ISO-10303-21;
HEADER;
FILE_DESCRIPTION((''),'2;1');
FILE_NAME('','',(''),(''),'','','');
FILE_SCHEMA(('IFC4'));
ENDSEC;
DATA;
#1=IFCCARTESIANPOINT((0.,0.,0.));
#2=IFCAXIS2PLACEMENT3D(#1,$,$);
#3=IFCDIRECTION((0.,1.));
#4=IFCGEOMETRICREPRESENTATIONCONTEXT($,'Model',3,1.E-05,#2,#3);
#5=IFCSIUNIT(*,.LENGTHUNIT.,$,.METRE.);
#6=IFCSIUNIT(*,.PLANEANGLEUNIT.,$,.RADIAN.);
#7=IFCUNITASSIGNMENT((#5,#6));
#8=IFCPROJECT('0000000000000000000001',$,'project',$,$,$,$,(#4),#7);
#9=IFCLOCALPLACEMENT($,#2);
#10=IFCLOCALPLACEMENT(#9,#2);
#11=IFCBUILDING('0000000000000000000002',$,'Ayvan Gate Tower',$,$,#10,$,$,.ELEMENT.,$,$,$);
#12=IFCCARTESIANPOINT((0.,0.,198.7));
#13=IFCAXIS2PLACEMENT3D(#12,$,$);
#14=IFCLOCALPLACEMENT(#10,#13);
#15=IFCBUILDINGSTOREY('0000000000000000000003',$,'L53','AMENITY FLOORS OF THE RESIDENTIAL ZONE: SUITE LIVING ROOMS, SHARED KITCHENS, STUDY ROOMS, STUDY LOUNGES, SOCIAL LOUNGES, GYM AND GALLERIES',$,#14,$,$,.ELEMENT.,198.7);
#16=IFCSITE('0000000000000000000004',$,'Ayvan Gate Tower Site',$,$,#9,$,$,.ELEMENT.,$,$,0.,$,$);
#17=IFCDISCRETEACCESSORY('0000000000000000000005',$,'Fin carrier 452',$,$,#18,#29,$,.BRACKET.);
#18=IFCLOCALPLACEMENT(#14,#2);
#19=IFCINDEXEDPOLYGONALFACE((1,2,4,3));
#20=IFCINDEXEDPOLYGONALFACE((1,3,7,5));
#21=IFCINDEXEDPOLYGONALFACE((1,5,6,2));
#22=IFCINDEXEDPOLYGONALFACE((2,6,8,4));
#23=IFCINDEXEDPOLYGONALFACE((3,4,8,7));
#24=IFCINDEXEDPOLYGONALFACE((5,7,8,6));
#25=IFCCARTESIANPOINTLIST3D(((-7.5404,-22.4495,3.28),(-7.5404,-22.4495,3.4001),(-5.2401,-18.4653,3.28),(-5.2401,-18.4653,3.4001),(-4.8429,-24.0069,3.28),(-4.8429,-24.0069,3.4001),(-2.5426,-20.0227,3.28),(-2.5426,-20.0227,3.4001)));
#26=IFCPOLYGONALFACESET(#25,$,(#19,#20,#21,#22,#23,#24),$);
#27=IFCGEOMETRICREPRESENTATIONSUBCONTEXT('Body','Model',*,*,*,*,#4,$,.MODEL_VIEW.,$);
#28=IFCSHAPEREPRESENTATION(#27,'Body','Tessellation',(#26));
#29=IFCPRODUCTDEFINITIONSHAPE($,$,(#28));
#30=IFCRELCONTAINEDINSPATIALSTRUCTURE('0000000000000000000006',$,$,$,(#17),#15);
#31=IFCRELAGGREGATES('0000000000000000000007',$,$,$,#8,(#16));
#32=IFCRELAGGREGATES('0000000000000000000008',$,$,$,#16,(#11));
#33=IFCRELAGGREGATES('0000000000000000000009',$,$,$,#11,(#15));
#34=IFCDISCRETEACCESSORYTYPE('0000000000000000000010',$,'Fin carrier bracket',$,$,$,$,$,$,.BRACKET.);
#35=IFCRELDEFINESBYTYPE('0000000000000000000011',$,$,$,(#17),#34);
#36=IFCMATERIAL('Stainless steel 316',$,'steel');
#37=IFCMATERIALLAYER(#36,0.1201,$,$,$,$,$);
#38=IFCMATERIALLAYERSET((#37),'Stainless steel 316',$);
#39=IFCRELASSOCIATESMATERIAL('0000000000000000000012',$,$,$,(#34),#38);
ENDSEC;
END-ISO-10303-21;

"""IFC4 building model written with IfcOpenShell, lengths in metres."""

from ifc_helpers import new_model, si_unit, direction, frame, origin, origin_2d, place, context, subcontext, project, spatial, rectangle, extrude, material, layer, layer_set, type_object, element, save


model = new_model("IFC4")

# Units and contexts
model_context = context("Model", 3, precision=1e-05, world=origin(), true_north=direction((0.0, 1.0)))
body_context = subcontext(model_context, "Body", "Model", "MODEL_VIEW")
ifc_project = project(units=[si_unit("LENGTHUNIT", "METRE"), si_unit("PLANEANGLEUNIT", "RADIAN")], contexts=[model_context])

# Site, building, storey
site_placement = place(None, origin())
site = spatial("IfcSite", under=ifc_project, at=site_placement, Name="Ayvan Gate Tower Site", CompositionType="ELEMENT", RefElevation=0.0)
building_placement = place(site_placement, origin())
building = spatial("IfcBuilding", under=site, at=building_placement, Name="Ayvan Gate Tower", CompositionType="ELEMENT")
storey_placement = place(building_placement, frame((0.0, 0.0, 198.7)))
storey = spatial("IfcBuildingStorey", under=building, at=storey_placement, Name="L53", Description="AMENITY FLOORS OF THE RESIDENTIAL ZONE: SUITE LIVING ROOMS, SHARED KITCHENS, STUDY ROOMS, STUDY LOUNGES, SOCIAL LOUNGES, GYM AND GALLERIES", CompositionType="ELEMENT", Elevation=198.7)

# Discrete accessory
ifc_material_1 = material(Name="Stainless steel 316", Category="steel")
ifc_layer_1 = layer(ifc_material_1, 0.1201)
ifc_layer_set_1 = layer_set([ifc_layer_1], Name="Stainless steel 316")
discrete_accessory_type = type_object("IfcDiscreteAccessoryType", Name="Fin carrier bracket", PredefinedType="BRACKET", material=ifc_layer_set_1)
discrete_accessory_placement = place(storey_placement, frame((-5.0415, -21.2361, 3.28), z_axis=(0.0, 0.0, 1.0), x_axis=(0.866025, -0.5, 0.0)))
element("IfcDiscreteAccessory", 1, at=discrete_accessory_placement, inside=storey, type_object=discrete_accessory_type, Name="Fin carrier 452", PredefinedType="BRACKET", context=body_context, shape_type="SweptSolid", body=[
    extrude(rectangle(XDim=3.1147, YDim=4.6006, at=origin_2d()), origin(), (0.0, 0.0, 1.0), 0.1201),
])

save(model, "model.ifc")
